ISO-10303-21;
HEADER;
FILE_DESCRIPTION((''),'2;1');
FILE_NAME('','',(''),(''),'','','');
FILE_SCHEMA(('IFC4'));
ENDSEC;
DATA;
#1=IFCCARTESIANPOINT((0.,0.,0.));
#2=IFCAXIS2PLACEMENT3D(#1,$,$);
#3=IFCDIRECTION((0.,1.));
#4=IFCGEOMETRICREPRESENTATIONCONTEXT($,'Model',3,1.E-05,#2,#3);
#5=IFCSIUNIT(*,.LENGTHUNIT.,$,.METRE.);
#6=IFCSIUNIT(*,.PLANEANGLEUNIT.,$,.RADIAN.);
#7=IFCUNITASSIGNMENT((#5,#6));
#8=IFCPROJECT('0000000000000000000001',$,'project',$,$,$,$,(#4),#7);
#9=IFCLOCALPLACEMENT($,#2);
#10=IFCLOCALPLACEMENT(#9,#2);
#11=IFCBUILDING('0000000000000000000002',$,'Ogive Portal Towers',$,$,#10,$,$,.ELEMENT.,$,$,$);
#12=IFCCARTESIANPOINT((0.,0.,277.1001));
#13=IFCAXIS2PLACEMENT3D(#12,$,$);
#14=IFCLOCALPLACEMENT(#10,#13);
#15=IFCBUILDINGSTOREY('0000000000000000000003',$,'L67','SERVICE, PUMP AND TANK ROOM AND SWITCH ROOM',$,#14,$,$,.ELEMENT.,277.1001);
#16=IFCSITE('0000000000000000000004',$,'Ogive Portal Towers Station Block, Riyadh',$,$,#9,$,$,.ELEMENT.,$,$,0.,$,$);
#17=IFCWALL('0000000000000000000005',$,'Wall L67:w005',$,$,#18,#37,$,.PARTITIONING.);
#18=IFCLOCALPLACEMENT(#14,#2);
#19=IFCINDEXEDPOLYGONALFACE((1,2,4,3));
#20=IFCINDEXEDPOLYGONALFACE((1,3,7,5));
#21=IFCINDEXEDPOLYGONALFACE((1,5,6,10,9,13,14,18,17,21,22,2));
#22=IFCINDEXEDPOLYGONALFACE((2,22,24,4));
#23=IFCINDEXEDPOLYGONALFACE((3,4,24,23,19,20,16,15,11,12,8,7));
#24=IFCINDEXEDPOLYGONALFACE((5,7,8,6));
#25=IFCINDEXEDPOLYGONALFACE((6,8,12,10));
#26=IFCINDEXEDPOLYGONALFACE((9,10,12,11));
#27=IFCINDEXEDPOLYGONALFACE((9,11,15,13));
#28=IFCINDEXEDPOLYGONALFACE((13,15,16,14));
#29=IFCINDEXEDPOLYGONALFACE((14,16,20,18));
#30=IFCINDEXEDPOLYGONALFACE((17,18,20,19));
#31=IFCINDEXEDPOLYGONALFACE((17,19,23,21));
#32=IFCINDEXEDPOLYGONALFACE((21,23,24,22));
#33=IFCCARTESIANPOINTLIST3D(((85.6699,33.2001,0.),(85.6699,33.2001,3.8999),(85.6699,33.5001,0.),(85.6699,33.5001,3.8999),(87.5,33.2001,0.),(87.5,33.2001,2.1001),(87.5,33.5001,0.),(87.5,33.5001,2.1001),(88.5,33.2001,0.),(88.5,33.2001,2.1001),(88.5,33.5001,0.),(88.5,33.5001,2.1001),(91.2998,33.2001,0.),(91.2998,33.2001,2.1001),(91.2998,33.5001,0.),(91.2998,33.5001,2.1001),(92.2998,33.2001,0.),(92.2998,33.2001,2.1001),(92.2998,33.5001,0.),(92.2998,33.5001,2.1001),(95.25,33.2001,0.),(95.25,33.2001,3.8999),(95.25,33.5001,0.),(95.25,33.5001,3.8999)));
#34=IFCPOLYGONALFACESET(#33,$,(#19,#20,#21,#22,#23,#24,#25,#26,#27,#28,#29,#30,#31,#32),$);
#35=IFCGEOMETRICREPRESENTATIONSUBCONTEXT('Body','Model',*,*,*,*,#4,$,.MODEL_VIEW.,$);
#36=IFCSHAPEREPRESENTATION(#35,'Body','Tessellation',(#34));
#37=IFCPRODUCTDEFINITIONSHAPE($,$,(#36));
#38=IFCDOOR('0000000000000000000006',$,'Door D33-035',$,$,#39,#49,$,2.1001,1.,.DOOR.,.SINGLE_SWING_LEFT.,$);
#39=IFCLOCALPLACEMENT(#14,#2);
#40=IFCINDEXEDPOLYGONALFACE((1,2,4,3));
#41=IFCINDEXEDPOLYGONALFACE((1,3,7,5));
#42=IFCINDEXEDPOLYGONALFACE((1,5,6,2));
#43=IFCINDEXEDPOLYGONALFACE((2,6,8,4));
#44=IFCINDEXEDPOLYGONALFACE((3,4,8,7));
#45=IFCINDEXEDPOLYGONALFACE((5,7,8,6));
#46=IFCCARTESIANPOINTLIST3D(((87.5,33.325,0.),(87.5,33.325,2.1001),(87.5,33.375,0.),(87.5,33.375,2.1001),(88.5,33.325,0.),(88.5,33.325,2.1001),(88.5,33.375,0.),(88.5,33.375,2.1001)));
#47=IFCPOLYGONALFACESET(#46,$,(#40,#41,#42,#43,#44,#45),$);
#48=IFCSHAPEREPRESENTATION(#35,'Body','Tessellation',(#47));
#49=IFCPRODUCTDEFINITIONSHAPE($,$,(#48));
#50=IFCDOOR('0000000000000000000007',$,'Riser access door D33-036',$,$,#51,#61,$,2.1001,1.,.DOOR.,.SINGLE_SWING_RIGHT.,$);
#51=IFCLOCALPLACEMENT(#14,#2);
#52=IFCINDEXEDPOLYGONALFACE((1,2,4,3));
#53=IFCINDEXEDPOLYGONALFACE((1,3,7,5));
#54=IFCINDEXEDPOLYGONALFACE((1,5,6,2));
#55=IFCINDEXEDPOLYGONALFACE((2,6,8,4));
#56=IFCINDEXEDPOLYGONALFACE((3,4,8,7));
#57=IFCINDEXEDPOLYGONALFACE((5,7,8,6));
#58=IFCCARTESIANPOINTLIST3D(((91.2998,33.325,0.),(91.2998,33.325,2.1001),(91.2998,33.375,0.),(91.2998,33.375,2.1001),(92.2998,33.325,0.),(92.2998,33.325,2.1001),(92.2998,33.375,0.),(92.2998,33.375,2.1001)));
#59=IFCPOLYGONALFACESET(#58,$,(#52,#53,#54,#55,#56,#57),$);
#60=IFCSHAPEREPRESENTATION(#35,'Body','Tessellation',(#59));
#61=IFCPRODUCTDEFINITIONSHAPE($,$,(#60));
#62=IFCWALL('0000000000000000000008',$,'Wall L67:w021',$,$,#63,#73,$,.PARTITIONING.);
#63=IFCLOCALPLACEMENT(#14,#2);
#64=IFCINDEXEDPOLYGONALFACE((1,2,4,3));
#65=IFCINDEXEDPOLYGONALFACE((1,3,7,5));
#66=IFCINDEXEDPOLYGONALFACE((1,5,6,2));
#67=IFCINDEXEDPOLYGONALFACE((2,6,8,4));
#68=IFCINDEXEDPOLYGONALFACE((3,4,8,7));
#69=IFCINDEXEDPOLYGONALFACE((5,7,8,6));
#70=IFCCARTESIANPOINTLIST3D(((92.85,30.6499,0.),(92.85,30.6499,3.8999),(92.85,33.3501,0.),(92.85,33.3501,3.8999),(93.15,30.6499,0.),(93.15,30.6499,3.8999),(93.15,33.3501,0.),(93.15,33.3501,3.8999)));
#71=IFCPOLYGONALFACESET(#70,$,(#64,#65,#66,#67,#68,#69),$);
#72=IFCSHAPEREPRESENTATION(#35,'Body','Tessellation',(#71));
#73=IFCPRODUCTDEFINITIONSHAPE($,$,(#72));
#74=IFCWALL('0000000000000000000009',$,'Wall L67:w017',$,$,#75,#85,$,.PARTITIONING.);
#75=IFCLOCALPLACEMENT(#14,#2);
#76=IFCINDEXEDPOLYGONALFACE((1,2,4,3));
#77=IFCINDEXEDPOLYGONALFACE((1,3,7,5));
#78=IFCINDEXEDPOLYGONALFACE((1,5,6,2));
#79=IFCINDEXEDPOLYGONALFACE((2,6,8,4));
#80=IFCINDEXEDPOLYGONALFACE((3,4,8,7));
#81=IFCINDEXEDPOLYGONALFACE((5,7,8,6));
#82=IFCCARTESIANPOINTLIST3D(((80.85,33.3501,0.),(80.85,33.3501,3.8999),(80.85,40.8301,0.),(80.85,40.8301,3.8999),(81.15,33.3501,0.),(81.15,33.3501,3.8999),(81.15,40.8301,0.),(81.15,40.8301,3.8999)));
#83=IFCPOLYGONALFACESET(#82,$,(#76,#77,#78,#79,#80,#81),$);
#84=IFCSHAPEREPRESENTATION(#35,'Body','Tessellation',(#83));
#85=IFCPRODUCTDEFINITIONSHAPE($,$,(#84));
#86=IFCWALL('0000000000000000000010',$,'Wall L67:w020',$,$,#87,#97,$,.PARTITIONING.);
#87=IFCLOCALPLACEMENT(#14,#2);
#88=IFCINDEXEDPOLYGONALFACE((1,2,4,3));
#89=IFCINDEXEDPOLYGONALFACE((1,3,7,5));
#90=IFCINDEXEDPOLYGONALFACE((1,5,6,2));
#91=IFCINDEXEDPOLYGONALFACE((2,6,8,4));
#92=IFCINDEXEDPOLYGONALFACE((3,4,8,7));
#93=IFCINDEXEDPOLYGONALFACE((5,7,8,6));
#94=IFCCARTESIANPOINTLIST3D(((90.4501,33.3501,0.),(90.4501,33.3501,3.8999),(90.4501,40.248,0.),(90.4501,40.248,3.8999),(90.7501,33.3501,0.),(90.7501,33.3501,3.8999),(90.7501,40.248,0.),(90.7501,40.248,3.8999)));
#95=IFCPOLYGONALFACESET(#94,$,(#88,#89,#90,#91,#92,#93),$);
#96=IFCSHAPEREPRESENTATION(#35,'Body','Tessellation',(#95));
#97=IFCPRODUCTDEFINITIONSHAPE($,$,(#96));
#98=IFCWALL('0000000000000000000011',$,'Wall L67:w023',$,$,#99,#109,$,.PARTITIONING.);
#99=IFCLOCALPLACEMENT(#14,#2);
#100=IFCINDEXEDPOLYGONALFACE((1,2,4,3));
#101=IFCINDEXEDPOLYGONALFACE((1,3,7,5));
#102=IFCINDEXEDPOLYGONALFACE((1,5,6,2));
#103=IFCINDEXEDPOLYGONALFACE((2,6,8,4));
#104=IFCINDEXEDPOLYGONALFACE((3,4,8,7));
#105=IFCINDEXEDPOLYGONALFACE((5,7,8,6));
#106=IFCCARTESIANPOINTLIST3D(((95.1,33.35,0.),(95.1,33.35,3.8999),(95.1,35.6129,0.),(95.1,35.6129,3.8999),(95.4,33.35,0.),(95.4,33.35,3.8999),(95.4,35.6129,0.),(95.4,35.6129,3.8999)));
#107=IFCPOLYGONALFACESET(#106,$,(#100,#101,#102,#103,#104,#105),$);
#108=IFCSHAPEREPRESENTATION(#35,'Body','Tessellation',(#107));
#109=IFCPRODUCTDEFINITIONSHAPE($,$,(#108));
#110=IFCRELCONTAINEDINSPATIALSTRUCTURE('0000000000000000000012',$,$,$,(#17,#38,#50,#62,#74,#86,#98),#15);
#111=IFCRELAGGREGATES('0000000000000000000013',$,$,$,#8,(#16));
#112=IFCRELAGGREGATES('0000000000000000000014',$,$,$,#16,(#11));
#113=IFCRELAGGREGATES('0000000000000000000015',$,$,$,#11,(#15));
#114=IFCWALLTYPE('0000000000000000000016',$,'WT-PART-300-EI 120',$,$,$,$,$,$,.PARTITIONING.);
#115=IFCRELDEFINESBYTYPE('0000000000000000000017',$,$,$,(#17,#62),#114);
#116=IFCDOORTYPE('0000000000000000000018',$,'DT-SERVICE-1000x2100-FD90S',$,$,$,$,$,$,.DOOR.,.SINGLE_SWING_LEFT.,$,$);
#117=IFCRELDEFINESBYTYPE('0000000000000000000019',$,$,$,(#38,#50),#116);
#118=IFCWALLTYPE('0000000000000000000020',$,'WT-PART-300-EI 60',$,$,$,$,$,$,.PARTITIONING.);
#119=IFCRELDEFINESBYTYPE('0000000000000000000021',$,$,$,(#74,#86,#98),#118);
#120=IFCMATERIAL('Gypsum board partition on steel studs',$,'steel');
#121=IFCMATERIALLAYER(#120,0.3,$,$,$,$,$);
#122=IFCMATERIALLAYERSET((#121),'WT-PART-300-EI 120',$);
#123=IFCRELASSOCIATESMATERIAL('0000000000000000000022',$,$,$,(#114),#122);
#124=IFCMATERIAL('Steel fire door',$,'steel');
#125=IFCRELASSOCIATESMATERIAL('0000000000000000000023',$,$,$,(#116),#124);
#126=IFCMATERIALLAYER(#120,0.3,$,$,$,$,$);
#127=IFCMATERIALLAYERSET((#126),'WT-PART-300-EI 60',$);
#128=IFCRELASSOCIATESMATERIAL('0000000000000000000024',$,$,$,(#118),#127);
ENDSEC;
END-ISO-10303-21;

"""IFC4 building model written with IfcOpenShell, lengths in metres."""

from ifc_helpers import new_model, si_unit, direction, frame, frame_2d, origin, place, context, subcontext, project, spatial, rectangle, extrude, material, layer, layer_set, type_object, element, fill, save


model = new_model("IFC4")

# Units and contexts
model_context = context("Model", 3, precision=1e-05, world=origin(), true_north=direction((0.0, 1.0)))
body_context = subcontext(model_context, "Body", "Model", "MODEL_VIEW")
ifc_project = project(units=[si_unit("LENGTHUNIT", "METRE"), si_unit("PLANEANGLEUNIT", "RADIAN")], contexts=[model_context])

# Site, building, storey
site_placement = place(None, origin())
site = spatial("IfcSite", under=ifc_project, at=site_placement, Name="Ogive Portal Towers Station Block, Riyadh", CompositionType="ELEMENT", RefElevation=0.0)
building_placement = place(site_placement, origin())
building = spatial("IfcBuilding", under=site, at=building_placement, Name="Ogive Portal Towers", CompositionType="ELEMENT")
storey_placement = place(building_placement, frame((0.0, 0.0, 277.1001)))
storey = spatial("IfcBuildingStorey", under=building, at=storey_placement, Name="L67", Description="SERVICE, PUMP AND TANK ROOM AND SWITCH ROOM", CompositionType="ELEMENT", Elevation=277.1001)

# Wall, openings, doors
ifc_material_1 = material(Name="Gypsum board partition on steel studs", Category="steel")
ifc_layer_1 = layer(ifc_material_1, 0.3)
ifc_layer_set_1 = layer_set([ifc_layer_1], Name="WT-PART-300-EI 120")
wall_type_1 = type_object("IfcWallType", Name="WT-PART-300-EI 120", PredefinedType="PARTITIONING", material=ifc_layer_set_1)
ifc_material_2 = material(Name="Steel fire door", Category="steel")
door_type_1 = type_object("IfcDoorType", Name="DT-SERVICE-1000x2100-FD90S", OperationType="SINGLE_SWING_LEFT", PredefinedType="DOOR", material=ifc_material_2)
wall_1_placement = place(storey_placement, frame((85.6699, 33.3501, 0.0), z_axis=(0.0, 0.0, 1.0), x_axis=(1.0, 0.0, 0.0)))
wall_1 = element("IfcWall", 1, at=wall_1_placement, inside=storey, type_object=wall_type_1, Name="Wall L67:w005", PredefinedType="PARTITIONING", context=body_context, shape_type="SweptSolid", body=[
    extrude(rectangle(XDim=9.5801, YDim=0.3, at=frame_2d((4.79, 0.0))), origin(), (0.0, 0.0, 1.0), 3.8999),
])
opening_1_placement = place(wall_1_placement, frame((1.8301, 0.0, 0.0)))
opening_1 = element("IfcOpeningElement", 2, at=opening_1_placement, cuts=wall_1, PredefinedType="OPENING", context=body_context, shape_type="SweptSolid", body=[
    extrude(rectangle(XDim=1.0, YDim=2.1001, at=frame_2d((0.5, 1.05))), frame((0.0, 0.1602, 0.0), z_axis=(0.0, -1.0, 0.0), x_axis=(1.0, 0.0, 0.0)), (0.0, 0.0, 1.0), 0.3201),
])
opening_2_placement = place(wall_1_placement, frame((5.6299, 0.0, 0.0)))
opening_2 = element("IfcOpeningElement", 3, at=opening_2_placement, cuts=wall_1, PredefinedType="OPENING", context=body_context, shape_type="SweptSolid", body=[
    extrude(rectangle(XDim=1.0, YDim=2.1001, at=frame_2d((0.5, 1.05))), frame((0.0, 0.1602, 0.0), z_axis=(0.0, -1.0, 0.0), x_axis=(1.0, 0.0, 0.0)), (0.0, 0.0, 1.0), 0.3201),
])
door_1_placement = place(opening_1_placement, origin())
door_1 = element("IfcDoor", 4, at=door_1_placement, inside=storey, type_object=door_type_1, Name="Door D33-035", OperationType="SINGLE_SWING_LEFT", OverallHeight=2.1001, OverallWidth=1.0, PredefinedType="DOOR", context=body_context, shape_type="SweptSolid", body=[
    extrude(rectangle(XDim=1.0, YDim=2.1001, at=frame_2d((0.5, 1.05))), frame((0.0, 0.0249, 0.0), z_axis=(0.0, -1.0, 0.0), x_axis=(1.0, 0.0, 0.0)), (0.0, 0.0, 1.0), 0.05),
])
fill(opening_1, door_1)
door_2_placement = place(opening_2_placement, origin())
door_2 = element("IfcDoor", 5, at=door_2_placement, inside=storey, type_object=door_type_1, Name="Riser access door D33-036", OperationType="SINGLE_SWING_RIGHT", OverallHeight=2.1001, OverallWidth=1.0, PredefinedType="DOOR", context=body_context, shape_type="SweptSolid", body=[
    extrude(rectangle(XDim=1.0, YDim=2.1001, at=frame_2d((0.5, 1.05))), frame((0.0, 0.0249, 0.0), z_axis=(0.0, -1.0, 0.0), x_axis=(1.0, 0.0, 0.0)), (0.0, 0.0, 1.0), 0.05),
])
fill(opening_2, door_2)

# Walls
wall_2_placement = place(storey_placement, frame((93.0, 30.6499, 0.0), z_axis=(0.0, 0.0, 1.0), x_axis=(0.0, 1.0, 0.0)))
element("IfcWall", 6, at=wall_2_placement, inside=storey, type_object=wall_type_1, Name="Wall L67:w021", PredefinedType="PARTITIONING", context=body_context, shape_type="SweptSolid", body=[
    extrude(rectangle(XDim=2.7002, YDim=0.3, at=frame_2d((1.3501, 0.0))), origin(), (0.0, 0.0, 1.0), 3.8999),
])
ifc_layer_2 = layer(ifc_material_1, 0.3)
ifc_layer_set_2 = layer_set([ifc_layer_2], Name="WT-PART-300-EI 60")
wall_type_2 = type_object("IfcWallType", Name="WT-PART-300-EI 60", PredefinedType="PARTITIONING", material=ifc_layer_set_2)
wall_3_placement = place(storey_placement, frame((81.0, 33.3501, 0.0), z_axis=(0.0, 0.0, 1.0), x_axis=(0.0, 1.0, 0.0)))
element("IfcWall", 7, at=wall_3_placement, inside=storey, type_object=wall_type_2, Name="Wall L67:w017", PredefinedType="PARTITIONING", context=body_context, shape_type="SweptSolid", body=[
    extrude(rectangle(XDim=7.48, YDim=0.3, at=frame_2d((3.74, 0.0))), origin(), (0.0, 0.0, 1.0), 3.8999),
])
wall_4_placement = place(storey_placement, frame((90.6001, 33.3501, 0.0), z_axis=(0.0, 0.0, 1.0), x_axis=(0.0, 1.0, 0.0)))
element("IfcWall", 8, at=wall_4_placement, inside=storey, type_object=wall_type_2, Name="Wall L67:w020", PredefinedType="PARTITIONING", context=body_context, shape_type="SweptSolid", body=[
    extrude(rectangle(XDim=6.8979, YDim=0.3, at=frame_2d((3.449, 0.0))), origin(), (0.0, 0.0, 1.0), 3.8999),
])
wall_5_placement = place(storey_placement, frame((95.25, 33.3501, 0.0), z_axis=(0.0, 0.0, 1.0), x_axis=(0.0, 1.0, 0.0)))
element("IfcWall", 9, at=wall_5_placement, inside=storey, type_object=wall_type_2, Name="Wall L67:w023", PredefinedType="PARTITIONING", context=body_context, shape_type="SweptSolid", body=[
    extrude(rectangle(XDim=2.2629, YDim=0.3, at=frame_2d((1.1313, 0.0))), origin(), (0.0, 0.0, 1.0), 3.8999),
])

save(model, "model.ifc")
